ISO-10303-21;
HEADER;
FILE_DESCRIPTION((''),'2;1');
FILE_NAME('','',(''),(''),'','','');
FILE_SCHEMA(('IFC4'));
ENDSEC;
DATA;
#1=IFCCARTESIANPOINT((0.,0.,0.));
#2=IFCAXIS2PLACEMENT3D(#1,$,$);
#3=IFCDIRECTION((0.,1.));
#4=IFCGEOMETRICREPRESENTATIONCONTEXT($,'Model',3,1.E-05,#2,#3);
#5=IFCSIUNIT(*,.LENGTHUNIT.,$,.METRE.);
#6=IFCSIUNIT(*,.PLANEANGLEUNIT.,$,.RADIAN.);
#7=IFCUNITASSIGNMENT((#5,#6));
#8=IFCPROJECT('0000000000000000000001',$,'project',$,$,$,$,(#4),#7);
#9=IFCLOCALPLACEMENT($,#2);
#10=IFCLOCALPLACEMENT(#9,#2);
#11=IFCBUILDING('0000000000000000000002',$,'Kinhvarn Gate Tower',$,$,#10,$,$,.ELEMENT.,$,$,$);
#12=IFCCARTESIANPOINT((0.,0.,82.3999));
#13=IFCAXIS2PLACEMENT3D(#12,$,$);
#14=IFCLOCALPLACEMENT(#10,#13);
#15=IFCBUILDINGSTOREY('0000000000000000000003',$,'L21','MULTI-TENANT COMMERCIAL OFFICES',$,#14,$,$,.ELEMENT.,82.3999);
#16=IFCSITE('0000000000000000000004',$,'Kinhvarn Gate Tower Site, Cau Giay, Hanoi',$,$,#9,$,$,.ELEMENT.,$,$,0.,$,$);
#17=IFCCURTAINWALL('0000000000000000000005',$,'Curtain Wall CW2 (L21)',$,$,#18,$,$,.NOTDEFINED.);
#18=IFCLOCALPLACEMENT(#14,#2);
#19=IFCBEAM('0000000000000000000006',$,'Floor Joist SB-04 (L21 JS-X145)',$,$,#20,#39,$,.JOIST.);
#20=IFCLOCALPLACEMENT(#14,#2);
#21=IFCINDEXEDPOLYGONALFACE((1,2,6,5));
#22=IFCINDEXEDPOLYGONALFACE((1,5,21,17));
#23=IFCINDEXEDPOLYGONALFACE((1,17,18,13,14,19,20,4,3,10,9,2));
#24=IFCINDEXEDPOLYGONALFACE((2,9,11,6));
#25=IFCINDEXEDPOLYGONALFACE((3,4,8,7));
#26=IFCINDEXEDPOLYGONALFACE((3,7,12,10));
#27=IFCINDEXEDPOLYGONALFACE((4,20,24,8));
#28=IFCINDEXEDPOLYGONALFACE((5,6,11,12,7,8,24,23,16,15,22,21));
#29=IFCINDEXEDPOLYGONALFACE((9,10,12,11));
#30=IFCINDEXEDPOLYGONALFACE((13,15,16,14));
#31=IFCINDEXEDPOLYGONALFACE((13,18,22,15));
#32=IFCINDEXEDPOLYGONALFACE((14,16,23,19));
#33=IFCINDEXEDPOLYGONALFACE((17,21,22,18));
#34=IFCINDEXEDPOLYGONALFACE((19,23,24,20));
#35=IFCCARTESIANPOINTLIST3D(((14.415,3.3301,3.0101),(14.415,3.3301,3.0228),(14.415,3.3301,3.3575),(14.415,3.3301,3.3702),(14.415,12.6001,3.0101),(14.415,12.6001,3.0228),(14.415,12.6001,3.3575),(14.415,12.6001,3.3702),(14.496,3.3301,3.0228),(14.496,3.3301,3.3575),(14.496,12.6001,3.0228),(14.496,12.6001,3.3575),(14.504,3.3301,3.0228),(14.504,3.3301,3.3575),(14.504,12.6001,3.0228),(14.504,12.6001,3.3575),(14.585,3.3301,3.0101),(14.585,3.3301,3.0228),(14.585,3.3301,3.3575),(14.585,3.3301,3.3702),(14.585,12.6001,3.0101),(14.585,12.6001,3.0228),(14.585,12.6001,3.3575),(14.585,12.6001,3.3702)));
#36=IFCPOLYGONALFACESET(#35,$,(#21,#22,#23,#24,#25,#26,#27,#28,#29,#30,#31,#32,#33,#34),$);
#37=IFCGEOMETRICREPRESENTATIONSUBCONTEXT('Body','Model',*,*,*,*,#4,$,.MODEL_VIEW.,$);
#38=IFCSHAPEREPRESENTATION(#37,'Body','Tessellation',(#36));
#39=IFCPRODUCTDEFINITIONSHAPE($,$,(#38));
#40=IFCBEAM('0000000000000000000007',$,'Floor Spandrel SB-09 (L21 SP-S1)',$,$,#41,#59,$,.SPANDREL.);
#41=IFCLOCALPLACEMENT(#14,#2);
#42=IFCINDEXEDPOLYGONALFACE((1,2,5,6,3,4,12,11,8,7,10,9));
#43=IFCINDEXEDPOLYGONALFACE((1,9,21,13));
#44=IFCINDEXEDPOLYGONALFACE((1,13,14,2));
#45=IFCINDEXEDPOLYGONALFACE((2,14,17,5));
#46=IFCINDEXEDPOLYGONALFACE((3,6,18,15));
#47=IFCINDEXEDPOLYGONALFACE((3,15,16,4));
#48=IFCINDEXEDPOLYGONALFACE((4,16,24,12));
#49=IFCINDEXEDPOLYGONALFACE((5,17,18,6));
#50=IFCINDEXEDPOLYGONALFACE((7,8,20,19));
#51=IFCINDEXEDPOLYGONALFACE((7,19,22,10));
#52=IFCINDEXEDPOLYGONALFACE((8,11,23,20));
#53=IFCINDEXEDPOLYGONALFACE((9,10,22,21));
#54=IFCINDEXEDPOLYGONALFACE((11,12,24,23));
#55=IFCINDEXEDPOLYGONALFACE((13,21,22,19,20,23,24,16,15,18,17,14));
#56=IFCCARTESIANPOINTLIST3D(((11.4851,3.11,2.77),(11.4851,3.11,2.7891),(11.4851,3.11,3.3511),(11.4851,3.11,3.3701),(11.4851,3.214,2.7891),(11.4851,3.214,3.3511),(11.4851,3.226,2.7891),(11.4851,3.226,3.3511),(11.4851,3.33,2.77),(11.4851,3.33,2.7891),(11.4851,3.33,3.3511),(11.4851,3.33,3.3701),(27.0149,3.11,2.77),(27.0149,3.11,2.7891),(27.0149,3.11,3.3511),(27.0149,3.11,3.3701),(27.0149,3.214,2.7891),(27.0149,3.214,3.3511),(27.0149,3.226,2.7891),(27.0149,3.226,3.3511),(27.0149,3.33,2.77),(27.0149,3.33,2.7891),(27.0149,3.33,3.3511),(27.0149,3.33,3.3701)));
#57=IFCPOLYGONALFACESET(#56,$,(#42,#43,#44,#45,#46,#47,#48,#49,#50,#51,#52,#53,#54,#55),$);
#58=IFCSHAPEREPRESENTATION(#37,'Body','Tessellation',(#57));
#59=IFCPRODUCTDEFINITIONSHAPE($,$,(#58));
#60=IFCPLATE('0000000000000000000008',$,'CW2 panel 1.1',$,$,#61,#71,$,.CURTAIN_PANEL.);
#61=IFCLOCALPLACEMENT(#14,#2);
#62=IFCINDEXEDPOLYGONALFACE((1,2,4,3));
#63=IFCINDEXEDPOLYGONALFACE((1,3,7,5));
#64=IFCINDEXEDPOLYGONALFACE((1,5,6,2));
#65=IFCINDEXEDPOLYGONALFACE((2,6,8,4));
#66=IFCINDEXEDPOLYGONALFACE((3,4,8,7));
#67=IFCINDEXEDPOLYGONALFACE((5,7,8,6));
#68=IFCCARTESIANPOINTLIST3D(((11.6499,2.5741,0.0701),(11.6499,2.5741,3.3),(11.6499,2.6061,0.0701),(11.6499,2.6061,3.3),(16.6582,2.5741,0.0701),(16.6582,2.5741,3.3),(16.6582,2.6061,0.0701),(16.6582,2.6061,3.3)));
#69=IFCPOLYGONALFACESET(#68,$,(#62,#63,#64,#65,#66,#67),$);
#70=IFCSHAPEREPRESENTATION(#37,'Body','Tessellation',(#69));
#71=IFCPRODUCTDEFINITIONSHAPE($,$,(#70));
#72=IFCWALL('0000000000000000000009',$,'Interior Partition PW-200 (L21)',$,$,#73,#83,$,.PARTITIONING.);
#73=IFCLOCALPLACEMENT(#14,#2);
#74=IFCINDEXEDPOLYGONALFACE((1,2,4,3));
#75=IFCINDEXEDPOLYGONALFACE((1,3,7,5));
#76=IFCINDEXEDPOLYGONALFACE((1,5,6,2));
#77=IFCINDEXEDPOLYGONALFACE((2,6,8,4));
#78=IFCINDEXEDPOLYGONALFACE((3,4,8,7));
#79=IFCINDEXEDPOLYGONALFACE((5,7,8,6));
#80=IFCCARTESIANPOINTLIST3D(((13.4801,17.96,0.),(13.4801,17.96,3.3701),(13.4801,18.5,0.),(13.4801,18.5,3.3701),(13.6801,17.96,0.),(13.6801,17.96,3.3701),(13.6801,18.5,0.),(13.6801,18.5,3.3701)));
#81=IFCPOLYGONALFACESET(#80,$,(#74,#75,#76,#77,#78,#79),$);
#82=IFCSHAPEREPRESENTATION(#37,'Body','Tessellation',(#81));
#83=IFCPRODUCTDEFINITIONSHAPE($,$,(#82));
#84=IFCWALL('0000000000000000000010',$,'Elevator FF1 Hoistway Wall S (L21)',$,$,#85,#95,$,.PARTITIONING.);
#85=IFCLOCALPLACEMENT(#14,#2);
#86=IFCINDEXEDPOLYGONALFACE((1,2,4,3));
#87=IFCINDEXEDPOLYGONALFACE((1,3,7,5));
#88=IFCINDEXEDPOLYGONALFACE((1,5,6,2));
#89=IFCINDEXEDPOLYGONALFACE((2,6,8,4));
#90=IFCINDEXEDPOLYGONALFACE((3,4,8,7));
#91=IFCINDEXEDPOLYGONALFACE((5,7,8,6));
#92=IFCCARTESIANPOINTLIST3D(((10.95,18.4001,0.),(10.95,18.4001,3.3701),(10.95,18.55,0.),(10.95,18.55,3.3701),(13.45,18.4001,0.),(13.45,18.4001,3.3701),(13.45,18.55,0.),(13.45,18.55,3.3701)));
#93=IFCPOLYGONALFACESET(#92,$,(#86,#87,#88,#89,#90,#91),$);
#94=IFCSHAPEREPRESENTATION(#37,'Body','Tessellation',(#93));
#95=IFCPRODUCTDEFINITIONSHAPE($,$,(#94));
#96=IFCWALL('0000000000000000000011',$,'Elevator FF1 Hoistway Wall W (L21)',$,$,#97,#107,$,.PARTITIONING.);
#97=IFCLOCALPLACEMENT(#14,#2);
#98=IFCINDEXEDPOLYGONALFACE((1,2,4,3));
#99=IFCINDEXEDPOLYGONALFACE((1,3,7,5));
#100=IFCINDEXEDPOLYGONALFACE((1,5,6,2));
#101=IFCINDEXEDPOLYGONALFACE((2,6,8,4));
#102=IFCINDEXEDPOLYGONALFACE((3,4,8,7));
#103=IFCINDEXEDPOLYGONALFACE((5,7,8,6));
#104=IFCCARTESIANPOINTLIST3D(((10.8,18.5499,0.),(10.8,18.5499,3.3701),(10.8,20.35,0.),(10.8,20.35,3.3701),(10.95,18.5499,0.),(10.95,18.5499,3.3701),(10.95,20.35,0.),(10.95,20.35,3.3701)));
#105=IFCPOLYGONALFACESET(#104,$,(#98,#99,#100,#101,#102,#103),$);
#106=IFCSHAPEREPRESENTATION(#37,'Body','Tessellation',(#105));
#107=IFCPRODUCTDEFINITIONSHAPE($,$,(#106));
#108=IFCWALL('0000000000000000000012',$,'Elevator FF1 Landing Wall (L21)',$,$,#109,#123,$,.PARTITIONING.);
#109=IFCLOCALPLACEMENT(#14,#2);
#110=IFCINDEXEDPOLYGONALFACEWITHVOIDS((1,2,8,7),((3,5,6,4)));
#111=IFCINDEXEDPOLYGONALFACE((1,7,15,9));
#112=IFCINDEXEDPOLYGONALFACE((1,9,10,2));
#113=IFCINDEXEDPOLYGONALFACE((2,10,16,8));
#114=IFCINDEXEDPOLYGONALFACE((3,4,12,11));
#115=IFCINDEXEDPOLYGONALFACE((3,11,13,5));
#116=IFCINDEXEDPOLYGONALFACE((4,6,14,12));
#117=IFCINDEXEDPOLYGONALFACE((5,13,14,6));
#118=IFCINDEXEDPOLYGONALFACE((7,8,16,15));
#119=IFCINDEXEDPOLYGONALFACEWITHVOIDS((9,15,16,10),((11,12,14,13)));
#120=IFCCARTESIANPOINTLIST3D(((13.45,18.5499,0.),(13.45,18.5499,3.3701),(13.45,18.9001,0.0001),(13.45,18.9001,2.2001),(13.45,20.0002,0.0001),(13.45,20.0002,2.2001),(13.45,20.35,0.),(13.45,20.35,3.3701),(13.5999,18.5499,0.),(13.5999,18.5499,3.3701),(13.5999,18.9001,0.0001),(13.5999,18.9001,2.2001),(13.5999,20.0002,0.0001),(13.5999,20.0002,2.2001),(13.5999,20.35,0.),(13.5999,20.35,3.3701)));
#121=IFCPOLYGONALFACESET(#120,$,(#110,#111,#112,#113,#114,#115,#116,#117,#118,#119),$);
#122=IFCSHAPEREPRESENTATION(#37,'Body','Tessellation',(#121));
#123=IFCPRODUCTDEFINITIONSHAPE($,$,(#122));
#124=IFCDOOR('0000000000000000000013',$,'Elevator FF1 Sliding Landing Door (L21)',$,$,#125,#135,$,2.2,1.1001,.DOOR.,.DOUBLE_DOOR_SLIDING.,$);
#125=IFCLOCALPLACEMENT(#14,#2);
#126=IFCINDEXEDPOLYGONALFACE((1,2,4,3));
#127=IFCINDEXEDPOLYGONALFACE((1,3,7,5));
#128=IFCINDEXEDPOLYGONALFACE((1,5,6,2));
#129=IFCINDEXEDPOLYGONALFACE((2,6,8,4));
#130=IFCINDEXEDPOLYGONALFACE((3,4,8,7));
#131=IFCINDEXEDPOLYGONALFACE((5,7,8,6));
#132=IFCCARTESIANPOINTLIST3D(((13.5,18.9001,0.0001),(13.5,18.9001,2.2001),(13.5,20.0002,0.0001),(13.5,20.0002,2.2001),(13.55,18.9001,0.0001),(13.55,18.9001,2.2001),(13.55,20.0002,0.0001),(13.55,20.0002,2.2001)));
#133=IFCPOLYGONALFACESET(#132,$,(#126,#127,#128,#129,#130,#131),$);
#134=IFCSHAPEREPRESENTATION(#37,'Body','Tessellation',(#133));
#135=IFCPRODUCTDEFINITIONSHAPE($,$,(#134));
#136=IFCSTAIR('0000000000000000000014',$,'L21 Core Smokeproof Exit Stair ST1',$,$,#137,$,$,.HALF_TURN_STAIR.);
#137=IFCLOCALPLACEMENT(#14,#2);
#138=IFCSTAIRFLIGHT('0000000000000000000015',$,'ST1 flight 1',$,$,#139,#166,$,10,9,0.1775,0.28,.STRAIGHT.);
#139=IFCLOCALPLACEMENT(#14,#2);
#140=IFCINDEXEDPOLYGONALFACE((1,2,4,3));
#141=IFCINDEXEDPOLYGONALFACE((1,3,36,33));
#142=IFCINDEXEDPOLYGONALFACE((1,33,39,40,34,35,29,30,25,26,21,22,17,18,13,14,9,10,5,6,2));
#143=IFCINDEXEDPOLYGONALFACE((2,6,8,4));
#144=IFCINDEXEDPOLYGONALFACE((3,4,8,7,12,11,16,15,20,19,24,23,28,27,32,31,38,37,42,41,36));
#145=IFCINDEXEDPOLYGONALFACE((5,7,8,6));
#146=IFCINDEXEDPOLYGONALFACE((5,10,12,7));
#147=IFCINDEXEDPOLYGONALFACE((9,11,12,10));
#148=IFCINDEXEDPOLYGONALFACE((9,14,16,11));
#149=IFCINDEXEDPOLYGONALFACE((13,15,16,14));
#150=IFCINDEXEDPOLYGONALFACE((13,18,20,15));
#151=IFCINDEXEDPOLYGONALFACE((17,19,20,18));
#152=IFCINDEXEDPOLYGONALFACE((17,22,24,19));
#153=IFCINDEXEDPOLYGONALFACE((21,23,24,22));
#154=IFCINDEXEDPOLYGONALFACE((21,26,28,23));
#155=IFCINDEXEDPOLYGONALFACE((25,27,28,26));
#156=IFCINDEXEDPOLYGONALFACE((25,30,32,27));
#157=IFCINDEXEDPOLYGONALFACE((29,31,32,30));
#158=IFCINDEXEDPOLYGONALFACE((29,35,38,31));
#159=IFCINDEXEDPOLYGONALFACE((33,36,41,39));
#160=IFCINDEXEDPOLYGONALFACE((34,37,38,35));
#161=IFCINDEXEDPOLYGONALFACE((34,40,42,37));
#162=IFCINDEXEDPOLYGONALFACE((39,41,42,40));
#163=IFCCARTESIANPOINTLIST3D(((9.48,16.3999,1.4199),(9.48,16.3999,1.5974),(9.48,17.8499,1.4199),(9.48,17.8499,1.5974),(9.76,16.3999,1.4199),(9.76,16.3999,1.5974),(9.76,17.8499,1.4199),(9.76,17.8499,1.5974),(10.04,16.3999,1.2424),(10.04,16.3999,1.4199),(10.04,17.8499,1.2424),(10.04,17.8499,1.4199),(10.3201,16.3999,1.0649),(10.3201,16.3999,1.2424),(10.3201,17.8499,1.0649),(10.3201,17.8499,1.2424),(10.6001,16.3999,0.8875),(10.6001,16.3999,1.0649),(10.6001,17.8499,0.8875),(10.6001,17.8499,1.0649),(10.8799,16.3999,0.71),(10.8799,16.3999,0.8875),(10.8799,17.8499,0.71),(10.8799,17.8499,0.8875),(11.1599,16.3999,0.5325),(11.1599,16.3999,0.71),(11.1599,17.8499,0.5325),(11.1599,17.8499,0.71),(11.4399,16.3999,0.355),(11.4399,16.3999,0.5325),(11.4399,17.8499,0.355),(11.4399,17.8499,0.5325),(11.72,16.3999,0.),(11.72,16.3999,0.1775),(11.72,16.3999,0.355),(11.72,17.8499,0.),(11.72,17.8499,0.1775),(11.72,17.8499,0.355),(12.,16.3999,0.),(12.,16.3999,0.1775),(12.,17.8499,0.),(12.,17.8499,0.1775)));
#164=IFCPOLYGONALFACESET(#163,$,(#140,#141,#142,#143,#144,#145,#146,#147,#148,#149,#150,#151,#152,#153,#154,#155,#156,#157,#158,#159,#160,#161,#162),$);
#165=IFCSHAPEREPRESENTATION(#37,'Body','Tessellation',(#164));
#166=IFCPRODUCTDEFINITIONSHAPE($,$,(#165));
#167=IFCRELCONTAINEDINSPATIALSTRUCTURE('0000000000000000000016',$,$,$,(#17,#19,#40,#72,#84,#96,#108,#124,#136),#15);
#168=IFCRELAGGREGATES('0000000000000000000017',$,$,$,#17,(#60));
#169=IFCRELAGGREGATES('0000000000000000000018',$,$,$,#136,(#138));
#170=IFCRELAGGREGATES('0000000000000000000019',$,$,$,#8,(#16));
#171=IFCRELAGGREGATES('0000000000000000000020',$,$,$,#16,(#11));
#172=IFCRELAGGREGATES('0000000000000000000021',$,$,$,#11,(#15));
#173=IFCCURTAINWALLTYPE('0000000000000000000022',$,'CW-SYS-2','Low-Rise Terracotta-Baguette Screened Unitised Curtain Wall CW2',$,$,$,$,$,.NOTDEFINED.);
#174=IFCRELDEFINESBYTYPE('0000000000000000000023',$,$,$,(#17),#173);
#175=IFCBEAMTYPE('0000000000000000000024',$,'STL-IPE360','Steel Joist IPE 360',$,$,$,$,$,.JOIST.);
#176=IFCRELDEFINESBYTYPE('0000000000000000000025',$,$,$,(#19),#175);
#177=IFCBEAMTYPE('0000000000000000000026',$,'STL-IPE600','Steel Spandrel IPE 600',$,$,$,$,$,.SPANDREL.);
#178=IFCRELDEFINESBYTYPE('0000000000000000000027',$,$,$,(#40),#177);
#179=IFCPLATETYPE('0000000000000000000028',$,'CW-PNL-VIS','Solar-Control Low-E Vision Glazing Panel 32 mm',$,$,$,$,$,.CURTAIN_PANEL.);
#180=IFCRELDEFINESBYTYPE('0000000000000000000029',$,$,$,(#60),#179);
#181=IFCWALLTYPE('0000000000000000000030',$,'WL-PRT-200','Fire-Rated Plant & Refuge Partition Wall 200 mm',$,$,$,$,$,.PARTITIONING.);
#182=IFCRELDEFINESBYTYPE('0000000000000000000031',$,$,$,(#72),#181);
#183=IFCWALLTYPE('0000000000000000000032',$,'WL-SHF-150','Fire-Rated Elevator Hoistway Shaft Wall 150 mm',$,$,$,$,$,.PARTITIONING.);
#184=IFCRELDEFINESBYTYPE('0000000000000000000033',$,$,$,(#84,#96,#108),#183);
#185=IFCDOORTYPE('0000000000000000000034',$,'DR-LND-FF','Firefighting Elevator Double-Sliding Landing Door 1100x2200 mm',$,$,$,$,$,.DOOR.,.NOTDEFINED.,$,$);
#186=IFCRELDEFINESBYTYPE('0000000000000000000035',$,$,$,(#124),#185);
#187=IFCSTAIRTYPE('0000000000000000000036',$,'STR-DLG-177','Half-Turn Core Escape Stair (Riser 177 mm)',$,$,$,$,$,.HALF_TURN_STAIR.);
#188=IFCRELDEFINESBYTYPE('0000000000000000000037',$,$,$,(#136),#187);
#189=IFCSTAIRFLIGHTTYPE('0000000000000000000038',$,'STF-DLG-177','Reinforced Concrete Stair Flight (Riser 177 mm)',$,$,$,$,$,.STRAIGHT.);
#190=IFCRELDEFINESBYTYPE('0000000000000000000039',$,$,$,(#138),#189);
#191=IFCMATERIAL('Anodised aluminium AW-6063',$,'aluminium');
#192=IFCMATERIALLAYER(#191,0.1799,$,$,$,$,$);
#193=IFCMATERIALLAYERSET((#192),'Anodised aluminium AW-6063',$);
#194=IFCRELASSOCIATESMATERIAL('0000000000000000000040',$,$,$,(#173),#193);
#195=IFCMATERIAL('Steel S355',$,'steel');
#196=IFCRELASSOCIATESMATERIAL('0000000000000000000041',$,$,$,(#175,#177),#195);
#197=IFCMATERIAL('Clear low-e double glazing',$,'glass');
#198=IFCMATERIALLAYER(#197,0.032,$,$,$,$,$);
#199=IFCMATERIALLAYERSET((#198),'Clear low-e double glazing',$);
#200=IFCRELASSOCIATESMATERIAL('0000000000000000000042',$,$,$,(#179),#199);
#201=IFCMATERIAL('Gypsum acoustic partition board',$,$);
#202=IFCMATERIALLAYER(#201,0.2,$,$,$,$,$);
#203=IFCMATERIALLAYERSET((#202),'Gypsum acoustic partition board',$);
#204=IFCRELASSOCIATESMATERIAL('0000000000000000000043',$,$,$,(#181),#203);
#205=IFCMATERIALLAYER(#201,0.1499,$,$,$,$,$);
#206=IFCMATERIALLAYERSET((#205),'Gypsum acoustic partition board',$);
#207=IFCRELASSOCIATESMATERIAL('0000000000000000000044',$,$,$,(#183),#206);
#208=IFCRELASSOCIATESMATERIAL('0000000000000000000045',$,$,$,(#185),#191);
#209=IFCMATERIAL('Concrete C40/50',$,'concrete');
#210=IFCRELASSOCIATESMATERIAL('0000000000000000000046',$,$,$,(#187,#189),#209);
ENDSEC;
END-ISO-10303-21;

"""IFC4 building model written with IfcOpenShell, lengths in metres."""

from ifc_helpers import new_model, si_unit, direction, frame, frame_2d, origin, origin_2d, place, context, subcontext, project, spatial, polyline, rectangle, i_section, outline, extrude, material, layer, layer_set, material_profile, profile_set, type_object, element, fill, aggregate, save


model = new_model("IFC4")

# Units and contexts
model_context = context("Model", 3, precision=1e-05, world=origin(), true_north=direction((0.0, 1.0)))
body_context = subcontext(model_context, "Body", "Model", "MODEL_VIEW")
ifc_project = project(units=[si_unit("LENGTHUNIT", "METRE"), si_unit("PLANEANGLEUNIT", "RADIAN")], contexts=[model_context])

# Site, building, storey
site_placement = place(None, origin())
site = spatial("IfcSite", under=ifc_project, at=site_placement, Name="Kinhvarn Gate Tower Site, Cau Giay, Hanoi", CompositionType="ELEMENT", RefElevation=0.0)
building_placement = place(site_placement, origin())
building = spatial("IfcBuilding", under=site, at=building_placement, Name="Kinhvarn Gate Tower", CompositionType="ELEMENT")
storey_placement = place(building_placement, frame((0.0, 0.0, 82.3999)))
storey = spatial("IfcBuildingStorey", under=building, at=storey_placement, Name="L21", Description="MULTI-TENANT COMMERCIAL OFFICES", CompositionType="ELEMENT", Elevation=82.3999)

# Shared definitions
ifc_material_1 = material(Name="Anodised aluminium AW-6063", Category="aluminium")
ifc_layer_1 = layer(ifc_material_1, 0.1799)
ifc_layer_set_1 = layer_set([ifc_layer_1], Name="Anodised aluminium AW-6063")
curtain_wall_type = type_object("IfcCurtainWallType", Name="CW-SYS-2", Description="Low-Rise Terracotta-Baguette Screened Unitised Curtain Wall CW2", PredefinedType="NOTDEFINED", material=ifc_layer_set_1)

# Curtain wall
curtain_wall_1_placement = place(storey_placement, origin())
curtain_wall_1 = element("IfcCurtainWall", 1, at=curtain_wall_1_placement, inside=storey, type_object=curtain_wall_type, Name="Curtain Wall CW2 (L21)", PredefinedType="NOTDEFINED")

# Beams
ifc_material_2 = material(Name="Steel S355", Category="steel")
ifc_material_profile_1 = material_profile(ifc_material_2, i_section(OverallWidth=0.1699, OverallDepth=0.3601, WebThickness=0.0081, FlangeThickness=0.0127, at=origin_2d()), Name="IPE 360")
ifc_profile_set_1 = profile_set([ifc_material_profile_1], Name="Steel S355")
beam_type_1 = type_object("IfcBeamType", Name="STL-IPE360", Description="Steel Joist IPE 360", PredefinedType="JOIST", material=ifc_profile_set_1)
beam_1_placement = place(storey_placement, frame((14.5, 3.3301, 3.1902), z_axis=(0.0, 1.0, 0.0), x_axis=(-1.0, 0.0, 0.0)))
element("IfcBeam", 2, at=beam_1_placement, inside=storey, type_object=beam_type_1, Name="Floor Joist SB-04 (L21 JS-X145)", PredefinedType="JOIST", context=body_context, shape_type="SweptSolid", body=[
    extrude(i_section(OverallWidth=0.1699, OverallDepth=0.3601, WebThickness=0.0081, FlangeThickness=0.0127, at=origin_2d()), origin(), (0.0, 0.0, 1.0), 9.27),
])
ifc_material_profile_2 = material_profile(ifc_material_2, i_section(OverallWidth=0.22, OverallDepth=0.6001, WebThickness=0.012, FlangeThickness=0.019, at=origin_2d()), Name="IPE 600")
ifc_profile_set_2 = profile_set([ifc_material_profile_2], Name="Steel S355")
beam_type_2 = type_object("IfcBeamType", Name="STL-IPE600", Description="Steel Spandrel IPE 600", PredefinedType="SPANDREL", material=ifc_profile_set_2)
beam_2_placement = place(storey_placement, frame((11.4851, 3.22, 3.0701), z_axis=(1.0, 0.0, 0.0), x_axis=(0.0, 1.0, 0.0)))
element("IfcBeam", 3, at=beam_2_placement, inside=storey, type_object=beam_type_2, Name="Floor Spandrel SB-09 (L21 SP-S1)", PredefinedType="SPANDREL", context=body_context, shape_type="SweptSolid", body=[
    extrude(i_section(OverallWidth=0.22, OverallDepth=0.6001, WebThickness=0.012, FlangeThickness=0.019, at=origin_2d()), origin(), (0.0, 0.0, 1.0), 15.5298),
])

# Plate
ifc_material_3 = material(Name="Clear low-e double glazing", Category="glass")
ifc_layer_2 = layer(ifc_material_3, 0.032)
ifc_layer_set_2 = layer_set([ifc_layer_2], Name="Clear low-e double glazing")
plate_type = type_object("IfcPlateType", Name="CW-PNL-VIS", Description="Solar-Control Low-E Vision Glazing Panel 32 mm", PredefinedType="CURTAIN_PANEL", material=ifc_layer_set_2)
plate_placement = place(storey_placement, frame((14.1541, 2.5901, 0.0701), z_axis=(0.0, 0.0, 1.0), x_axis=(1.0, 0.0, 0.0)))
plate = element("IfcPlate", 4, at=plate_placement, type_object=plate_type, Name="CW2 panel 1.1", PredefinedType="CURTAIN_PANEL", context=body_context, shape_type="SweptSolid", body=[
    extrude(rectangle(XDim=5.0083, YDim=0.032, at=origin_2d()), origin(), (0.0, 0.0, 1.0), 3.23),
])
aggregate(curtain_wall_1, [plate])

# Walls
ifc_material_4 = material(Name="Gypsum acoustic partition board")
ifc_layer_3 = layer(ifc_material_4, 0.2)
ifc_layer_set_3 = layer_set([ifc_layer_3], Name="Gypsum acoustic partition board")
wall_type_1 = type_object("IfcWallType", Name="WL-PRT-200", Description="Fire-Rated Plant & Refuge Partition Wall 200 mm", PredefinedType="PARTITIONING", material=ifc_layer_set_3)
wall_1_placement = place(storey_placement, frame((13.5801, 17.96, 0.0), z_axis=(0.0, 0.0, 1.0), x_axis=(0.0, 1.0, 0.0)))
element("IfcWall", 5, at=wall_1_placement, inside=storey, type_object=wall_type_1, Name="Interior Partition PW-200 (L21)", PredefinedType="PARTITIONING", context=body_context, shape_type="SweptSolid", body=[
    extrude(rectangle(XDim=0.54, YDim=0.2, at=frame_2d((0.27, 0.0))), origin(), (0.0, 0.0, 1.0), 3.3701),
])
ifc_layer_4 = layer(ifc_material_4, 0.1499)
ifc_layer_set_4 = layer_set([ifc_layer_4], Name="Gypsum acoustic partition board")
wall_type_2 = type_object("IfcWallType", Name="WL-SHF-150", Description="Fire-Rated Elevator Hoistway Shaft Wall 150 mm", PredefinedType="PARTITIONING", material=ifc_layer_set_4)
wall_2_placement = place(storey_placement, frame((10.95, 18.4751, 0.0), z_axis=(0.0, 0.0, 1.0), x_axis=(1.0, 0.0, 0.0)))
element("IfcWall", 6, at=wall_2_placement, inside=storey, type_object=wall_type_2, Name="Elevator FF1 Hoistway Wall S (L21)", PredefinedType="PARTITIONING", context=body_context, shape_type="SweptSolid", body=[
    extrude(rectangle(XDim=2.5, YDim=0.1499, at=frame_2d((1.25, 0.0))), origin(), (0.0, 0.0, 1.0), 3.3701),
])
wall_3_placement = place(storey_placement, frame((10.875, 18.55, 0.0), z_axis=(0.0, 0.0, 1.0), x_axis=(0.0, 1.0, 0.0)))
element("IfcWall", 7, at=wall_3_placement, inside=storey, type_object=wall_type_2, Name="Elevator FF1 Hoistway Wall W (L21)", PredefinedType="PARTITIONING", context=body_context, shape_type="SweptSolid", body=[
    extrude(rectangle(XDim=1.8, YDim=0.1499, at=frame_2d((0.8999, 0.0))), origin(), (0.0, 0.0, 1.0), 3.3701),
])

# Wall, opening, door
wall_4_placement = place(storey_placement, frame((13.5249, 18.55, 0.0), z_axis=(0.0, 0.0, 1.0), x_axis=(0.0, 1.0, 0.0)))
wall_4 = element("IfcWall", 8, at=wall_4_placement, inside=storey, type_object=wall_type_2, Name="Elevator FF1 Landing Wall (L21)", PredefinedType="PARTITIONING", context=body_context, shape_type="SweptSolid", body=[
    extrude(rectangle(XDim=1.8, YDim=0.1499, at=frame_2d((0.8999, 0.0))), origin(), (0.0, 0.0, 1.0), 3.3701),
])
opening_1_placement = place(wall_4_placement, frame((0.3501, 0.0, 0.0)))
opening_1 = element("IfcOpeningElement", 9, at=opening_1_placement, cuts=wall_4, PredefinedType="OPENING", context=body_context, shape_type="SweptSolid", body=[
    extrude(rectangle(XDim=1.1001, YDim=2.2, at=frame_2d((0.55, 1.1001))), frame((0.0, 0.085, 0.0), z_axis=(0.0, -1.0, 0.0), x_axis=(1.0, 0.0, 0.0)), (0.0, 0.0, 1.0), 0.1699),
])
door_type_1 = type_object("IfcDoorType", Name="DR-LND-FF", Description="Firefighting Elevator Double-Sliding Landing Door 1100x2200 mm", OperationType="NOTDEFINED", PredefinedType="DOOR", material=ifc_material_1)
door_1_placement = place(opening_1_placement, origin())
door_1 = element("IfcDoor", 10, at=door_1_placement, inside=storey, type_object=door_type_1, Name="Elevator FF1 Sliding Landing Door (L21)", OperationType="DOUBLE_DOOR_SLIDING", OverallHeight=2.2, OverallWidth=1.1001, PredefinedType="DOOR", context=body_context, shape_type="SweptSolid", body=[
    extrude(rectangle(XDim=1.1001, YDim=2.2, at=frame_2d((0.55, 1.1001))), frame((0.0, 0.0249, 0.0), z_axis=(0.0, -1.0, 0.0), x_axis=(1.0, 0.0, 0.0)), (0.0, 0.0, 1.0), 0.05),
])
fill(opening_1, door_1)
ifc_material_5 = material(Name="Concrete C40/50", Category="concrete")

# Stair, stair flight
stair_type = type_object("IfcStairType", Name="STR-DLG-177", Description="Half-Turn Core Escape Stair (Riser 177 mm)", PredefinedType="HALF_TURN_STAIR", material=ifc_material_5)
stair_placement = place(storey_placement, origin())
stair = element("IfcStair", 11, at=stair_placement, inside=storey, type_object=stair_type, Name="L21 Core Smokeproof Exit Stair ST1", PredefinedType="HALF_TURN_STAIR")
stair_flight_type = type_object("IfcStairFlightType", Name="STF-DLG-177", Description="Reinforced Concrete Stair Flight (Riser 177 mm)", PredefinedType="STRAIGHT", material=ifc_material_5)
stair_flight_placement = place(storey_placement, frame((12.0, 17.125, 0.0), z_axis=(0.0, 0.0, 1.0), x_axis=(-1.0, 0.0, 0.0)))
stair_flight = element("IfcStairFlight", 12, at=stair_flight_placement, type_object=stair_flight_type, Name="ST1 flight 1", NumberOfRisers=10, NumberOfTreads=9, PredefinedType="STRAIGHT", RiserHeight=0.1775, TreadLength=0.28, context=body_context, shape_type="SweptSolid", body=[
    extrude(outline(polyline([(0.0, 0.0), (0.0, 0.1775), (0.28, 0.1775), (0.28, 0.355), (0.5601, 0.355), (0.5601, 0.5325), (0.8401, 0.5325), (0.8401, 0.71), (1.1201, 0.71), (1.1201, 0.8875), (1.3999, 0.8875), (1.3999, 1.0649), (1.6799, 1.0649), (1.6799, 1.2424), (1.96, 1.2424), (1.96, 1.4199), (2.24, 1.4199), (2.24, 1.5974), (2.52, 1.5974), (2.52, 1.7749), (2.52, 1.4199), (0.28, 0.0), (0.0, 0.0)])), frame((0.0, 0.7251, 0.0), z_axis=(0.0, -1.0, 0.0), x_axis=(1.0, 0.0, 0.0)), (0.0, 0.0, 1.0), 1.45),
])
aggregate(stair, [stair_flight])

save(model, "model.ifc")
